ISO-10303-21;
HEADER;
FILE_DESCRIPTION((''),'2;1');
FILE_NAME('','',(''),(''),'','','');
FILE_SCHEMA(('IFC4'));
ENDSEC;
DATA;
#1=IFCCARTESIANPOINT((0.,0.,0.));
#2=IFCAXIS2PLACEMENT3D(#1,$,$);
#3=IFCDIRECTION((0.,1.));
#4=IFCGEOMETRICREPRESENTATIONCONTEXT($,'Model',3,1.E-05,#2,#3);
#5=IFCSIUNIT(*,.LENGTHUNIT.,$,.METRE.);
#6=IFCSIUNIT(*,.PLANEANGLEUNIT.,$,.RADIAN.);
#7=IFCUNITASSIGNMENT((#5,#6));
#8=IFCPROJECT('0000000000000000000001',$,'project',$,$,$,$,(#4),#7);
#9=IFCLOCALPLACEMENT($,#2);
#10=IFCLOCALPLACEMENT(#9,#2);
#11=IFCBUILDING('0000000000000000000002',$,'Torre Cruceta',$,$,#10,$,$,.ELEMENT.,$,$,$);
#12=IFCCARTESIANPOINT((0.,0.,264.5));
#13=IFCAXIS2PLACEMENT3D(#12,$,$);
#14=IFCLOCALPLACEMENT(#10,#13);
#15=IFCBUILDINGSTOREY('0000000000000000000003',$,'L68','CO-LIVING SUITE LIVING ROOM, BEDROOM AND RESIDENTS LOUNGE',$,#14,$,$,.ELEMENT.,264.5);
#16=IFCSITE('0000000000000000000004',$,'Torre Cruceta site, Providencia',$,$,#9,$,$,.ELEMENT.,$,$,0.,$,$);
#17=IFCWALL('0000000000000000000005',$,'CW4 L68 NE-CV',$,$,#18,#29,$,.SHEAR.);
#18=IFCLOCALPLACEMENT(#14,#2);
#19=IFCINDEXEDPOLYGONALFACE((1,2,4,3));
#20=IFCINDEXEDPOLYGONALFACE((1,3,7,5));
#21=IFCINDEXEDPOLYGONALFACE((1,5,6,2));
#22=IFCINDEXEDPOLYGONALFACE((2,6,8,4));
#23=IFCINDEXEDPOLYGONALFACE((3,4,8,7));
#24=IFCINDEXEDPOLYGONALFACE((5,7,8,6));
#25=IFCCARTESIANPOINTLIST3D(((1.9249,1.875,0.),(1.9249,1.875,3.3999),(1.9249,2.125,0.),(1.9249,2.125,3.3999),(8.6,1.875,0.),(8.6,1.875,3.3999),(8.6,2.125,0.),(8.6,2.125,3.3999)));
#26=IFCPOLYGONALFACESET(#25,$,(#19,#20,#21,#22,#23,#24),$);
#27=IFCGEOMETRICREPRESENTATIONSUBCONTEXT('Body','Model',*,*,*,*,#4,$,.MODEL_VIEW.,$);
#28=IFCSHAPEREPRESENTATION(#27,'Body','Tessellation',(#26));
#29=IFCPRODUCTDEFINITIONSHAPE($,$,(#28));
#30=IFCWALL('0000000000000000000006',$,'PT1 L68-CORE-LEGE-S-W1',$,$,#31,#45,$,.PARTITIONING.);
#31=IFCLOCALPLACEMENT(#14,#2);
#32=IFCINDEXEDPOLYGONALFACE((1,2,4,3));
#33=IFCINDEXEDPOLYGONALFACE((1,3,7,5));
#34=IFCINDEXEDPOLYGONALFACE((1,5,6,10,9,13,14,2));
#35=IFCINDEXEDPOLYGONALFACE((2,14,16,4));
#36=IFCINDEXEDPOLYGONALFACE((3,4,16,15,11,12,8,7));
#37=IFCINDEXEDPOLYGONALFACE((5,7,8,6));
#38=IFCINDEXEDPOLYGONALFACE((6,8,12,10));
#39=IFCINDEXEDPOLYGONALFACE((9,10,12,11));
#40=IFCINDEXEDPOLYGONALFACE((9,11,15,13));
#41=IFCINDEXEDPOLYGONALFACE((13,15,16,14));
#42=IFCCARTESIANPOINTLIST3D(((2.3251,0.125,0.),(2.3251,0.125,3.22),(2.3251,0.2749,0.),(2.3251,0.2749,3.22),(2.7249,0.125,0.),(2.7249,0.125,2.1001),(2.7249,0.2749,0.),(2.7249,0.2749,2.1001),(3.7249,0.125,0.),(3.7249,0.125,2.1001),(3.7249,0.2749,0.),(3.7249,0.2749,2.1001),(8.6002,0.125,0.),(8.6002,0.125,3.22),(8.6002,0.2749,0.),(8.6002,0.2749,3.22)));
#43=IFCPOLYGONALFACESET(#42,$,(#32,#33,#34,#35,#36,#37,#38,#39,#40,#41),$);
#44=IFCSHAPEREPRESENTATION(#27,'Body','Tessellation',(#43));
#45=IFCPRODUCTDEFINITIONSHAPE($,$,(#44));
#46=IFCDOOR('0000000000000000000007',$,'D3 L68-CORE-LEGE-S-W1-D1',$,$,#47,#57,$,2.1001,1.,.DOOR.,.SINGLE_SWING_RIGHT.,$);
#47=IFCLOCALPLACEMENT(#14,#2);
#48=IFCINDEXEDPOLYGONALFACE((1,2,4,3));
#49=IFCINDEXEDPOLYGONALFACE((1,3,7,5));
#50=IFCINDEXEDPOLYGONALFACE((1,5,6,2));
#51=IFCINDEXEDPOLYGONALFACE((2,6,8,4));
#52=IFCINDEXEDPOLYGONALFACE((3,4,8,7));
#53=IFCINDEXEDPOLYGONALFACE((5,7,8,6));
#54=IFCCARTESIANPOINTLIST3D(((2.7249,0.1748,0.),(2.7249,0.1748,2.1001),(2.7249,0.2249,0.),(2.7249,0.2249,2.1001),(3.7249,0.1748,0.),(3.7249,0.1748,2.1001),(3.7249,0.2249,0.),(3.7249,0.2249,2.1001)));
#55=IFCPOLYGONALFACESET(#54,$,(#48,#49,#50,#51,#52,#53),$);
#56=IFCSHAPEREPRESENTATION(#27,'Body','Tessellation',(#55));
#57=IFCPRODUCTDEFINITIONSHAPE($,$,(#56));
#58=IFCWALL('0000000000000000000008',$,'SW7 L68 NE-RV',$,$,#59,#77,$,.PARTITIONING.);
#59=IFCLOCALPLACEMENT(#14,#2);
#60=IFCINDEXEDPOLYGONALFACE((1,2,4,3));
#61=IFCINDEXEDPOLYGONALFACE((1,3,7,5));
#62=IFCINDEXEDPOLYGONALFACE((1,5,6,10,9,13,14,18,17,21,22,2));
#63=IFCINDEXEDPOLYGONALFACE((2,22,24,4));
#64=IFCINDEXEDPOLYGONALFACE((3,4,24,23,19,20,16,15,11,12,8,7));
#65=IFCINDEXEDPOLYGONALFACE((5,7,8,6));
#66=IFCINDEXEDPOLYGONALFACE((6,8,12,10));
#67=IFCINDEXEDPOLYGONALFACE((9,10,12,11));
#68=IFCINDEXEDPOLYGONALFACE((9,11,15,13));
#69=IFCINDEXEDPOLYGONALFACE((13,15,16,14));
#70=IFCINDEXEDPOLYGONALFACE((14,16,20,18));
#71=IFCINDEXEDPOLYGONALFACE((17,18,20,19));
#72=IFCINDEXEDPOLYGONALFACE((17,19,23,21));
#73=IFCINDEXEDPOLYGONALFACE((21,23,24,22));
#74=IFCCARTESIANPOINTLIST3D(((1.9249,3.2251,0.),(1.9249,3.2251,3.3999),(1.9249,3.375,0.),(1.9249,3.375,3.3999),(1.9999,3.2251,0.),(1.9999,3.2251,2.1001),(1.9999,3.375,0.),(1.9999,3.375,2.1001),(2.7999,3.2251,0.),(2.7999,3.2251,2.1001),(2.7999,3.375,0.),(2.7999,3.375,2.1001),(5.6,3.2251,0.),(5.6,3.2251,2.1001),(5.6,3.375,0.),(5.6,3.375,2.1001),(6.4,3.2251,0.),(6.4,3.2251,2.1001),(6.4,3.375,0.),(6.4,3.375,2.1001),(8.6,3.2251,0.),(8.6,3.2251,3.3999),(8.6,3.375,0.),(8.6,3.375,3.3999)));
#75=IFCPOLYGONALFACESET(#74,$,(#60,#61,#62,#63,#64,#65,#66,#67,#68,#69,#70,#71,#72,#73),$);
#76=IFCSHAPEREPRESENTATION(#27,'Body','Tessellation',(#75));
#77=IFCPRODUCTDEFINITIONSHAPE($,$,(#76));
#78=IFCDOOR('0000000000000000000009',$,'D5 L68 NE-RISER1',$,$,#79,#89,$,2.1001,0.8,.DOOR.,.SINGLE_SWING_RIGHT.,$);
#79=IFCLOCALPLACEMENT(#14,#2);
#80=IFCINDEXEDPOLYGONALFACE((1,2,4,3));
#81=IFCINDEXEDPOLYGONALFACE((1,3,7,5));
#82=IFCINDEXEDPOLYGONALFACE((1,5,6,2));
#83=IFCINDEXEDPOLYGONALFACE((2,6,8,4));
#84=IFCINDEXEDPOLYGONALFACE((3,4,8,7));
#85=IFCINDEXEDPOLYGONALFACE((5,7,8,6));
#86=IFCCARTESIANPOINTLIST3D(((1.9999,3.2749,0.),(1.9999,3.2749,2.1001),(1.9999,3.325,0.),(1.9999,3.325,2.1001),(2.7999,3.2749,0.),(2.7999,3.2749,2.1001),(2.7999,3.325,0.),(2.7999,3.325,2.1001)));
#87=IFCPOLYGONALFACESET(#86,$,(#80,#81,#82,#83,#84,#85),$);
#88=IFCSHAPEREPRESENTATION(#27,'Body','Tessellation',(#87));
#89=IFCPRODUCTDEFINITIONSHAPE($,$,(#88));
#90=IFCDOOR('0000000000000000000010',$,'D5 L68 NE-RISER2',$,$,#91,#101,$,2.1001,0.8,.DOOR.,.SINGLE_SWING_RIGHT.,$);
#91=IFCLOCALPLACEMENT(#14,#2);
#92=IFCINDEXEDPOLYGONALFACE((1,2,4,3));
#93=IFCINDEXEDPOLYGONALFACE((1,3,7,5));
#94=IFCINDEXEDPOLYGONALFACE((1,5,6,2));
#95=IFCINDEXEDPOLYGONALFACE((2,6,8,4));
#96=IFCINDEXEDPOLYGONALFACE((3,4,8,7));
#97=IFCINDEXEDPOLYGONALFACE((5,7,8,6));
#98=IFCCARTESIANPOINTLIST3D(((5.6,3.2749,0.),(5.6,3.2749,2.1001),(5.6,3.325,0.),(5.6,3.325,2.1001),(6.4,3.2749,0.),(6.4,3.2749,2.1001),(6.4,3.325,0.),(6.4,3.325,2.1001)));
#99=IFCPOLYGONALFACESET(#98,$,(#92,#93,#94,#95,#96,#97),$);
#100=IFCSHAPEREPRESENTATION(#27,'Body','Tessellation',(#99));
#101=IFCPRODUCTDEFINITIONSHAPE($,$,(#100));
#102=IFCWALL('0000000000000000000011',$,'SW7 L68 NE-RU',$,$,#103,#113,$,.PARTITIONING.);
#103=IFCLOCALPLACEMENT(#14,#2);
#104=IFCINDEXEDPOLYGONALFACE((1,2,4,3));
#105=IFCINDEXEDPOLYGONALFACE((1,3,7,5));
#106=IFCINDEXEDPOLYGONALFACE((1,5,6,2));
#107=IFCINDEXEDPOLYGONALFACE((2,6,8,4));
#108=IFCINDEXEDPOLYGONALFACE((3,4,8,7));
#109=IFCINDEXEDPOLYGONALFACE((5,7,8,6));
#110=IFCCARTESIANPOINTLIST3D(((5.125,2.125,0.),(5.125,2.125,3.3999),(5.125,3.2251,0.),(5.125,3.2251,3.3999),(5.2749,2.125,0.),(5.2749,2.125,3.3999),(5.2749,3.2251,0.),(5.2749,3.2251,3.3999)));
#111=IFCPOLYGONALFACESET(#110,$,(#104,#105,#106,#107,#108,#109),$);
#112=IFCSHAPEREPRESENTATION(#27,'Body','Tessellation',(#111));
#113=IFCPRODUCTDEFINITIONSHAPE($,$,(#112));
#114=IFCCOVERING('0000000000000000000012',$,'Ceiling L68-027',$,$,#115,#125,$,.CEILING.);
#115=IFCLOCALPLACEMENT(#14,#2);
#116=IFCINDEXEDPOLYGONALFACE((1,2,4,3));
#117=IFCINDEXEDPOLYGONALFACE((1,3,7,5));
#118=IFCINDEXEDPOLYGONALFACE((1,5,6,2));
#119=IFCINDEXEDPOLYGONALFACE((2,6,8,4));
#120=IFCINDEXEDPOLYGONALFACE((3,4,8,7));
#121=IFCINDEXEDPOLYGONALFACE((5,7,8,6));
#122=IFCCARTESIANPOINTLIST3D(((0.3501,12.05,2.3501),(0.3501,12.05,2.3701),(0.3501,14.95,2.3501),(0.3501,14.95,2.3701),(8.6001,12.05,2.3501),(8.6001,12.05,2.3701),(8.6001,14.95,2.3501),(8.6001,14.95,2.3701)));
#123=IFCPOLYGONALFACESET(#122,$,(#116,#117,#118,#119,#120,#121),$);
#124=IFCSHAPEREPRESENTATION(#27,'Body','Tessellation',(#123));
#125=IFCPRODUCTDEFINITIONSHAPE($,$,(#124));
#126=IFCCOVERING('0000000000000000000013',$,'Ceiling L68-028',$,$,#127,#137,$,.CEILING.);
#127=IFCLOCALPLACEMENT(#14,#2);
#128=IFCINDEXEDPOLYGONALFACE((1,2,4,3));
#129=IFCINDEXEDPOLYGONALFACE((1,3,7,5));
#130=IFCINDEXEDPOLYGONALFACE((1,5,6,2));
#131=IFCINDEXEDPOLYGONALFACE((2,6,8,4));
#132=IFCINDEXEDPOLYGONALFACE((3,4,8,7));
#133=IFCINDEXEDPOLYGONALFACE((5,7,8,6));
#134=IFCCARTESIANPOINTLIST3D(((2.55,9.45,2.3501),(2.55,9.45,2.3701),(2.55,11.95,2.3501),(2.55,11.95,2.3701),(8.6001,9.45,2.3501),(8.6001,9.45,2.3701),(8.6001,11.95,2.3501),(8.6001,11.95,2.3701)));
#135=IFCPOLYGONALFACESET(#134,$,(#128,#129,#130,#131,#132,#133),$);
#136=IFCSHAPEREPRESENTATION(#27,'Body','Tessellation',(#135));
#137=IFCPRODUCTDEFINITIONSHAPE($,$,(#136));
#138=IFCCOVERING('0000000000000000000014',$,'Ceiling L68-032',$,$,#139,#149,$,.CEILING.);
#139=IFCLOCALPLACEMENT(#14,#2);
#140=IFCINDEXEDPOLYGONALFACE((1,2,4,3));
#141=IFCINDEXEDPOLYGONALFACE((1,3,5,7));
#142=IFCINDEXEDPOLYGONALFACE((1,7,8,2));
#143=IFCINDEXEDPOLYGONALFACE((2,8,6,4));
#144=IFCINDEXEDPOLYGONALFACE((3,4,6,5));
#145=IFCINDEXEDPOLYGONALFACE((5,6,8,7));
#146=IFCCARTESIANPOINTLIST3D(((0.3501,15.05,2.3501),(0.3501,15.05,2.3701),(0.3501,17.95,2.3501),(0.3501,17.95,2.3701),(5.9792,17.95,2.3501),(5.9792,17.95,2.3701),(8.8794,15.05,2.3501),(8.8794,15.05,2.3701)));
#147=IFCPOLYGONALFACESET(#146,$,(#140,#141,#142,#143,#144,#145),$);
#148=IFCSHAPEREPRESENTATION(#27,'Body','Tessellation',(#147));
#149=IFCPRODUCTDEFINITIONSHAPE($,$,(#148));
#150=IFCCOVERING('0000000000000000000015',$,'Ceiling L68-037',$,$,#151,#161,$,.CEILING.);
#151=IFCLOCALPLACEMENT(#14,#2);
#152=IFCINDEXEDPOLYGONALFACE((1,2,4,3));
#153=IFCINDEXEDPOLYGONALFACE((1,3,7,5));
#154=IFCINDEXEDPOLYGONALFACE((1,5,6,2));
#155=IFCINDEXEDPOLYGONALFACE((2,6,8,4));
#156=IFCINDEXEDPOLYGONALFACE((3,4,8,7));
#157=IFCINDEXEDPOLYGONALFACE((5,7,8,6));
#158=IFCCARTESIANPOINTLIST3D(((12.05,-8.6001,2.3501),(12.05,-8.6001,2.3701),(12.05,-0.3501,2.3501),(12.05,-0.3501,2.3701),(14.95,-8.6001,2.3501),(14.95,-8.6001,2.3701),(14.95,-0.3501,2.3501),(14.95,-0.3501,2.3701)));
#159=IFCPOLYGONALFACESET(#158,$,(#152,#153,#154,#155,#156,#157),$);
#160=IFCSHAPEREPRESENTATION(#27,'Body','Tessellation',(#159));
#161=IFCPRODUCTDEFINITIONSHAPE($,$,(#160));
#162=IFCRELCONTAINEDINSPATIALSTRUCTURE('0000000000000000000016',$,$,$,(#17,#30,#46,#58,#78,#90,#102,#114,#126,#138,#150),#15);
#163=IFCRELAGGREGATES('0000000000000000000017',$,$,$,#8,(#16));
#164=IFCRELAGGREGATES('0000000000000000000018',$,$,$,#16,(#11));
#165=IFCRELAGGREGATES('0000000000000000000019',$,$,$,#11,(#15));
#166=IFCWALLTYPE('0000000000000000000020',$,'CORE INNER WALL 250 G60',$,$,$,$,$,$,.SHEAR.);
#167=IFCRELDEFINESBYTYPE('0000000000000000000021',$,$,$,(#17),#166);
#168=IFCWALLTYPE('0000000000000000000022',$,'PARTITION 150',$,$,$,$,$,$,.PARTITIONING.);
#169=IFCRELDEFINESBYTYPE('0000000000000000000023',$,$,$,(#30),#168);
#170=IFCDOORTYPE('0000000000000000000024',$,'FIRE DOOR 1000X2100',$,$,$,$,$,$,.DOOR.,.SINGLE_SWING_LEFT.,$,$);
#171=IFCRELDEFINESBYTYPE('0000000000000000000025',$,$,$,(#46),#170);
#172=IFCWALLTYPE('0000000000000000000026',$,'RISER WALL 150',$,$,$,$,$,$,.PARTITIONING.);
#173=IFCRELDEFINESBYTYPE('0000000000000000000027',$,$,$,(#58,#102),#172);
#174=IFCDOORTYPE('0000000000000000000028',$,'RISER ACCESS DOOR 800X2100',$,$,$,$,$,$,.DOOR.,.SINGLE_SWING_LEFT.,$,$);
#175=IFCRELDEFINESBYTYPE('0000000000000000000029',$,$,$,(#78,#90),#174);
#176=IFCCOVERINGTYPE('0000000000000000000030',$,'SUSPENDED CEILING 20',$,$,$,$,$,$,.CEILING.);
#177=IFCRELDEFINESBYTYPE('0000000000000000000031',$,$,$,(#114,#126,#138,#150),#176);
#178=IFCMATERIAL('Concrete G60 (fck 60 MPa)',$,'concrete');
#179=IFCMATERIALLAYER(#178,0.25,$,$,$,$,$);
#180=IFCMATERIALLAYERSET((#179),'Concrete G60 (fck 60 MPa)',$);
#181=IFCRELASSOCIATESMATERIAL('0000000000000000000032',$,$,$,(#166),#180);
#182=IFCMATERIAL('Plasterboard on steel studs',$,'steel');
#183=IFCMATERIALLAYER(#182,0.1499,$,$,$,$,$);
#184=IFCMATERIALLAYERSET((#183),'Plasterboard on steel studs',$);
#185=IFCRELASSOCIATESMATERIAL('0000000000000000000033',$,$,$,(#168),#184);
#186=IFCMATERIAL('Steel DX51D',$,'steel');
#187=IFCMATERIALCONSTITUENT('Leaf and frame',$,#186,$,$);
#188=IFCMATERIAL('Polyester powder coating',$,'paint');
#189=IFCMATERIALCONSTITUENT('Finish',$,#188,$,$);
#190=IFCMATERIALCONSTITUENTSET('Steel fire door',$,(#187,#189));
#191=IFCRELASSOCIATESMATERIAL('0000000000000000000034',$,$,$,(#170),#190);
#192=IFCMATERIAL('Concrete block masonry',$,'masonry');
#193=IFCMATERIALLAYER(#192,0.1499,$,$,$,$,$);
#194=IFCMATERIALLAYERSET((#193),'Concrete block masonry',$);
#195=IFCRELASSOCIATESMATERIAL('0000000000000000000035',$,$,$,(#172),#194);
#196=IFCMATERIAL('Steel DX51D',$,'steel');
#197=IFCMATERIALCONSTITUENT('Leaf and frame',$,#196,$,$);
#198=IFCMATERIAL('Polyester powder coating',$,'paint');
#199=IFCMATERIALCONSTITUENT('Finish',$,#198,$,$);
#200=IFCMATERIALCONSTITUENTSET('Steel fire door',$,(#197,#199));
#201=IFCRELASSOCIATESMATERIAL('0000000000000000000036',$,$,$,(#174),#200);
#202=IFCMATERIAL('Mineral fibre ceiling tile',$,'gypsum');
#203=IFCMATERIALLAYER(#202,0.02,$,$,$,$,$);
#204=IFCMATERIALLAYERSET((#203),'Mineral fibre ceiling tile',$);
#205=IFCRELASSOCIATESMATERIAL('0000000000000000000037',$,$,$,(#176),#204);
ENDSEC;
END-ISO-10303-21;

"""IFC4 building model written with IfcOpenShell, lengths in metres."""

from ifc_helpers import new_model, si_unit, direction, frame, frame_2d, origin, place, context, subcontext, project, spatial, polyline, rectangle, outline, extrude, material, layer, layer_set, constituent, constituent_set, type_object, element, fill, save


model = new_model("IFC4")

# Units and contexts
model_context = context("Model", 3, precision=1e-05, world=origin(), true_north=direction((0.0, 1.0)))
body_context = subcontext(model_context, "Body", "Model", "MODEL_VIEW")
ifc_project = project(units=[si_unit("LENGTHUNIT", "METRE"), si_unit("PLANEANGLEUNIT", "RADIAN")], contexts=[model_context])

# Site, building, storey
site_placement = place(None, origin())
site = spatial("IfcSite", under=ifc_project, at=site_placement, Name="Torre Cruceta site, Providencia", CompositionType="ELEMENT", RefElevation=0.0)
building_placement = place(site_placement, origin())
building = spatial("IfcBuilding", under=site, at=building_placement, Name="Torre Cruceta", CompositionType="ELEMENT")
storey_placement = place(building_placement, frame((0.0, 0.0, 264.5)))
storey = spatial("IfcBuildingStorey", under=building, at=storey_placement, Name="L68", Description="CO-LIVING SUITE LIVING ROOM, BEDROOM AND RESIDENTS LOUNGE", CompositionType="ELEMENT", Elevation=264.5)

# Shared definitions
ifc_material_1 = material(Name="Concrete G60 (fck 60 MPa)", Category="concrete")
ifc_layer_1 = layer(ifc_material_1, 0.25)
ifc_layer_set_1 = layer_set([ifc_layer_1], Name="Concrete G60 (fck 60 MPa)")
wall_type_1 = type_object("IfcWallType", Name="CORE INNER WALL 250 G60", PredefinedType="SHEAR", material=ifc_layer_set_1)

# Wall
wall_1_placement = place(storey_placement, frame((1.925, 2.0, 0.0), z_axis=(0.0, 0.0, 1.0), x_axis=(1.0, 0.0, 0.0)))
element("IfcWall", 1, at=wall_1_placement, inside=storey, type_object=wall_type_1, Name="CW4 L68 NE-CV", PredefinedType="SHEAR", context=body_context, shape_type="SweptSolid", body=[
    extrude(rectangle(XDim=6.675, YDim=0.25, at=frame_2d((3.3374, 0.0))), origin(), (0.0, 0.0, 1.0), 3.3999),
])

# Wall, opening, door
ifc_material_2 = material(Name="Plasterboard on steel studs", Category="steel")
ifc_layer_2 = layer(ifc_material_2, 0.1499)
ifc_layer_set_2 = layer_set([ifc_layer_2], Name="Plasterboard on steel studs")
wall_type_2 = type_object("IfcWallType", Name="PARTITION 150", PredefinedType="PARTITIONING", material=ifc_layer_set_2)
wall_2_placement = place(storey_placement, frame((2.325, 0.2, 0.0), z_axis=(0.0, 0.0, 1.0), x_axis=(1.0, 0.0, 0.0)))
wall_2 = element("IfcWall", 2, at=wall_2_placement, inside=storey, type_object=wall_type_2, Name="PT1 L68-CORE-LEGE-S-W1", PredefinedType="PARTITIONING", context=body_context, shape_type="SweptSolid", body=[
    extrude(rectangle(XDim=6.2751, YDim=0.1499, at=frame_2d((3.1377, 0.0))), origin(), (0.0, 0.0, 1.0), 3.22),
])
opening_1_placement = place(wall_2_placement, frame((0.3999, 0.0, 0.0)))
opening_1 = element("IfcOpeningElement", 3, at=opening_1_placement, cuts=wall_2, PredefinedType="OPENING", context=body_context, shape_type="SweptSolid", body=[
    extrude(rectangle(XDim=1.0, YDim=2.1001, at=frame_2d((0.5, 1.05))), frame((0.0, 0.085, 0.0), z_axis=(0.0, -1.0, 0.0), x_axis=(1.0, 0.0, 0.0)), (0.0, 0.0, 1.0), 0.1699),
])
ifc_material_3 = material(Name="Steel DX51D", Category="steel")
ifc_constituent_1 = constituent(ifc_material_3, Name="Leaf and frame")
ifc_material_4 = material(Name="Polyester powder coating", Category="paint")
ifc_constituent_2 = constituent(ifc_material_4, Name="Finish")
ifc_constituent_set_1 = constituent_set(constituents=[ifc_constituent_1, ifc_constituent_2], Name="Steel fire door")
door_type_1 = type_object("IfcDoorType", Name="FIRE DOOR 1000X2100", OperationType="SINGLE_SWING_LEFT", PredefinedType="DOOR", material=ifc_constituent_set_1)
door_1_placement = place(opening_1_placement, frame((1.0, 0.0, 0.0), z_axis=(0.0, 0.0, 1.0), x_axis=(-1.0, 0.0, 0.0)))
door_1 = element("IfcDoor", 4, at=door_1_placement, inside=storey, type_object=door_type_1, Name="D3 L68-CORE-LEGE-S-W1-D1", OperationType="SINGLE_SWING_RIGHT", OverallHeight=2.1001, OverallWidth=1.0, PredefinedType="DOOR", context=body_context, shape_type="SweptSolid", body=[
    extrude(rectangle(XDim=1.0, YDim=2.1001, at=frame_2d((0.5, 1.05))), frame((0.0, 0.0251, 0.0), z_axis=(0.0, -1.0, 0.0), x_axis=(1.0, 0.0, 0.0)), (0.0, 0.0, 1.0), 0.05),
])
fill(opening_1, door_1)

# Wall, openings, doors
ifc_material_5 = material(Name="Concrete block masonry", Category="masonry")
ifc_layer_3 = layer(ifc_material_5, 0.1499)
ifc_layer_set_3 = layer_set([ifc_layer_3], Name="Concrete block masonry")
wall_type_3 = type_object("IfcWallType", Name="RISER WALL 150", PredefinedType="PARTITIONING", material=ifc_layer_set_3)
wall_3_placement = place(storey_placement, frame((1.925, 3.3, 0.0), z_axis=(0.0, 0.0, 1.0), x_axis=(1.0, 0.0, 0.0)))
wall_3 = element("IfcWall", 5, at=wall_3_placement, inside=storey, type_object=wall_type_3, Name="SW7 L68 NE-RV", PredefinedType="PARTITIONING", context=body_context, shape_type="SweptSolid", body=[
    extrude(rectangle(XDim=6.675, YDim=0.1499, at=frame_2d((3.3374, 0.0))), origin(), (0.0, 0.0, 1.0), 3.3999),
])
opening_2_placement = place(wall_3_placement, frame((0.075, 0.0, 0.0)))
opening_2 = element("IfcOpeningElement", 6, at=opening_2_placement, cuts=wall_3, PredefinedType="OPENING", context=body_context, shape_type="SweptSolid", body=[
    extrude(rectangle(XDim=0.8, YDim=2.1001, at=frame_2d((0.3999, 1.05))), frame((0.0, 0.085, 0.0), z_axis=(0.0, -1.0, 0.0), x_axis=(1.0, 0.0, 0.0)), (0.0, 0.0, 1.0), 0.1699),
])
opening_3_placement = place(wall_3_placement, frame((3.675, 0.0, 0.0)))
opening_3 = element("IfcOpeningElement", 7, at=opening_3_placement, cuts=wall_3, PredefinedType="OPENING", context=body_context, shape_type="SweptSolid", body=[
    extrude(rectangle(XDim=0.8, YDim=2.1001, at=frame_2d((0.3999, 1.05))), frame((0.0, 0.085, 0.0), z_axis=(0.0, -1.0, 0.0), x_axis=(1.0, 0.0, 0.0)), (0.0, 0.0, 1.0), 0.1699),
])
ifc_material_6 = material(Name="Steel DX51D", Category="steel")
ifc_constituent_3 = constituent(ifc_material_6, Name="Leaf and frame")
ifc_material_7 = material(Name="Polyester powder coating", Category="paint")
ifc_constituent_4 = constituent(ifc_material_7, Name="Finish")
ifc_constituent_set_2 = constituent_set(constituents=[ifc_constituent_3, ifc_constituent_4], Name="Steel fire door")
door_type_2 = type_object("IfcDoorType", Name="RISER ACCESS DOOR 800X2100", OperationType="SINGLE_SWING_LEFT", PredefinedType="DOOR", material=ifc_constituent_set_2)
door_2_placement = place(opening_2_placement, frame((0.8, 0.0, 0.0), z_axis=(0.0, 0.0, 1.0), x_axis=(-1.0, 0.0, 0.0)))
door_2 = element("IfcDoor", 8, at=door_2_placement, inside=storey, type_object=door_type_2, Name="D5 L68 NE-RISER1", OperationType="SINGLE_SWING_RIGHT", OverallHeight=2.1001, OverallWidth=0.8, PredefinedType="DOOR", context=body_context, shape_type="SweptSolid", body=[
    extrude(rectangle(XDim=0.8, YDim=2.1001, at=frame_2d((0.4001, 1.05))), frame((0.0, 0.0251, 0.0), z_axis=(0.0, -1.0, 0.0), x_axis=(1.0, 0.0, 0.0)), (0.0, 0.0, 1.0), 0.05),
])
fill(opening_2, door_2)
door_3_placement = place(opening_3_placement, frame((0.8, 0.0, 0.0), z_axis=(0.0, 0.0, 1.0), x_axis=(-1.0, 0.0, 0.0)))
door_3 = element("IfcDoor", 9, at=door_3_placement, inside=storey, type_object=door_type_2, Name="D5 L68 NE-RISER2", OperationType="SINGLE_SWING_RIGHT", OverallHeight=2.1001, OverallWidth=0.8, PredefinedType="DOOR", context=body_context, shape_type="SweptSolid", body=[
    extrude(rectangle(XDim=0.8, YDim=2.1001, at=frame_2d((0.4001, 1.05))), frame((0.0, 0.0251, 0.0), z_axis=(0.0, -1.0, 0.0), x_axis=(1.0, 0.0, 0.0)), (0.0, 0.0, 1.0), 0.05),
])
fill(opening_3, door_3)

# Wall
wall_4_placement = place(storey_placement, frame((5.2, 2.125, 0.0), z_axis=(0.0, 0.0, 1.0), x_axis=(0.0, 1.0, 0.0)))
element("IfcWall", 10, at=wall_4_placement, inside=storey, type_object=wall_type_3, Name="SW7 L68 NE-RU", PredefinedType="PARTITIONING", context=body_context, shape_type="SweptSolid", body=[
    extrude(rectangle(XDim=1.1001, YDim=0.1499, at=frame_2d((0.55, 0.0))), origin(), (0.0, 0.0, 1.0), 3.3999),
])

# Coverings
ifc_material_8 = material(Name="Mineral fibre ceiling tile", Category="gypsum")
ifc_layer_4 = layer(ifc_material_8, 0.02)
ifc_layer_set_4 = layer_set([ifc_layer_4], Name="Mineral fibre ceiling tile")
covering_type = type_object("IfcCoveringType", Name="SUSPENDED CEILING 20", PredefinedType="CEILING", material=ifc_layer_set_4)
covering_1_placement = place(storey_placement, frame((0.0, 0.0, 2.3501)))
element("IfcCovering", 11, at=covering_1_placement, inside=storey, type_object=covering_type, Name="Ceiling L68-027", PredefinedType="CEILING", context=body_context, shape_type="SweptSolid", body=[
    extrude(outline(polyline([(8.6001, 14.95), (8.6001, 12.05), (0.3501, 12.05), (0.3501, 14.95), (8.6001, 14.95)])), origin(), (0.0, 0.0, 1.0), 0.02),
])
covering_2_placement = place(storey_placement, frame((0.0, 0.0, 2.3501)))
element("IfcCovering", 12, at=covering_2_placement, inside=storey, type_object=covering_type, Name="Ceiling L68-028", PredefinedType="CEILING", context=body_context, shape_type="SweptSolid", body=[
    extrude(outline(polyline([(8.6001, 9.45), (2.55, 9.45), (2.55, 11.95), (8.6001, 11.95), (8.6001, 9.45)])), origin(), (0.0, 0.0, 1.0), 0.02),
])
covering_3_placement = place(storey_placement, frame((0.0, 0.0, 2.3501)))
element("IfcCovering", 13, at=covering_3_placement, inside=storey, type_object=covering_type, Name="Ceiling L68-032", PredefinedType="CEILING", context=body_context, shape_type="SweptSolid", body=[
    extrude(outline(polyline([(8.8794, 15.05), (0.3501, 15.05), (0.3501, 17.95), (5.9792, 17.95), (8.8794, 15.05)])), origin(), (0.0, 0.0, 1.0), 0.02),
])
covering_4_placement = place(storey_placement, frame((0.0, 0.0, 2.3501)))
element("IfcCovering", 14, at=covering_4_placement, inside=storey, type_object=covering_type, Name="Ceiling L68-037", PredefinedType="CEILING", context=body_context, shape_type="SweptSolid", body=[
    extrude(outline(polyline([(14.95, -8.6001), (12.05, -8.6001), (12.05, -0.3501), (14.95, -0.3501), (14.95, -8.6001)])), origin(), (0.0, 0.0, 1.0), 0.02),
])

save(model, "model.ifc")
